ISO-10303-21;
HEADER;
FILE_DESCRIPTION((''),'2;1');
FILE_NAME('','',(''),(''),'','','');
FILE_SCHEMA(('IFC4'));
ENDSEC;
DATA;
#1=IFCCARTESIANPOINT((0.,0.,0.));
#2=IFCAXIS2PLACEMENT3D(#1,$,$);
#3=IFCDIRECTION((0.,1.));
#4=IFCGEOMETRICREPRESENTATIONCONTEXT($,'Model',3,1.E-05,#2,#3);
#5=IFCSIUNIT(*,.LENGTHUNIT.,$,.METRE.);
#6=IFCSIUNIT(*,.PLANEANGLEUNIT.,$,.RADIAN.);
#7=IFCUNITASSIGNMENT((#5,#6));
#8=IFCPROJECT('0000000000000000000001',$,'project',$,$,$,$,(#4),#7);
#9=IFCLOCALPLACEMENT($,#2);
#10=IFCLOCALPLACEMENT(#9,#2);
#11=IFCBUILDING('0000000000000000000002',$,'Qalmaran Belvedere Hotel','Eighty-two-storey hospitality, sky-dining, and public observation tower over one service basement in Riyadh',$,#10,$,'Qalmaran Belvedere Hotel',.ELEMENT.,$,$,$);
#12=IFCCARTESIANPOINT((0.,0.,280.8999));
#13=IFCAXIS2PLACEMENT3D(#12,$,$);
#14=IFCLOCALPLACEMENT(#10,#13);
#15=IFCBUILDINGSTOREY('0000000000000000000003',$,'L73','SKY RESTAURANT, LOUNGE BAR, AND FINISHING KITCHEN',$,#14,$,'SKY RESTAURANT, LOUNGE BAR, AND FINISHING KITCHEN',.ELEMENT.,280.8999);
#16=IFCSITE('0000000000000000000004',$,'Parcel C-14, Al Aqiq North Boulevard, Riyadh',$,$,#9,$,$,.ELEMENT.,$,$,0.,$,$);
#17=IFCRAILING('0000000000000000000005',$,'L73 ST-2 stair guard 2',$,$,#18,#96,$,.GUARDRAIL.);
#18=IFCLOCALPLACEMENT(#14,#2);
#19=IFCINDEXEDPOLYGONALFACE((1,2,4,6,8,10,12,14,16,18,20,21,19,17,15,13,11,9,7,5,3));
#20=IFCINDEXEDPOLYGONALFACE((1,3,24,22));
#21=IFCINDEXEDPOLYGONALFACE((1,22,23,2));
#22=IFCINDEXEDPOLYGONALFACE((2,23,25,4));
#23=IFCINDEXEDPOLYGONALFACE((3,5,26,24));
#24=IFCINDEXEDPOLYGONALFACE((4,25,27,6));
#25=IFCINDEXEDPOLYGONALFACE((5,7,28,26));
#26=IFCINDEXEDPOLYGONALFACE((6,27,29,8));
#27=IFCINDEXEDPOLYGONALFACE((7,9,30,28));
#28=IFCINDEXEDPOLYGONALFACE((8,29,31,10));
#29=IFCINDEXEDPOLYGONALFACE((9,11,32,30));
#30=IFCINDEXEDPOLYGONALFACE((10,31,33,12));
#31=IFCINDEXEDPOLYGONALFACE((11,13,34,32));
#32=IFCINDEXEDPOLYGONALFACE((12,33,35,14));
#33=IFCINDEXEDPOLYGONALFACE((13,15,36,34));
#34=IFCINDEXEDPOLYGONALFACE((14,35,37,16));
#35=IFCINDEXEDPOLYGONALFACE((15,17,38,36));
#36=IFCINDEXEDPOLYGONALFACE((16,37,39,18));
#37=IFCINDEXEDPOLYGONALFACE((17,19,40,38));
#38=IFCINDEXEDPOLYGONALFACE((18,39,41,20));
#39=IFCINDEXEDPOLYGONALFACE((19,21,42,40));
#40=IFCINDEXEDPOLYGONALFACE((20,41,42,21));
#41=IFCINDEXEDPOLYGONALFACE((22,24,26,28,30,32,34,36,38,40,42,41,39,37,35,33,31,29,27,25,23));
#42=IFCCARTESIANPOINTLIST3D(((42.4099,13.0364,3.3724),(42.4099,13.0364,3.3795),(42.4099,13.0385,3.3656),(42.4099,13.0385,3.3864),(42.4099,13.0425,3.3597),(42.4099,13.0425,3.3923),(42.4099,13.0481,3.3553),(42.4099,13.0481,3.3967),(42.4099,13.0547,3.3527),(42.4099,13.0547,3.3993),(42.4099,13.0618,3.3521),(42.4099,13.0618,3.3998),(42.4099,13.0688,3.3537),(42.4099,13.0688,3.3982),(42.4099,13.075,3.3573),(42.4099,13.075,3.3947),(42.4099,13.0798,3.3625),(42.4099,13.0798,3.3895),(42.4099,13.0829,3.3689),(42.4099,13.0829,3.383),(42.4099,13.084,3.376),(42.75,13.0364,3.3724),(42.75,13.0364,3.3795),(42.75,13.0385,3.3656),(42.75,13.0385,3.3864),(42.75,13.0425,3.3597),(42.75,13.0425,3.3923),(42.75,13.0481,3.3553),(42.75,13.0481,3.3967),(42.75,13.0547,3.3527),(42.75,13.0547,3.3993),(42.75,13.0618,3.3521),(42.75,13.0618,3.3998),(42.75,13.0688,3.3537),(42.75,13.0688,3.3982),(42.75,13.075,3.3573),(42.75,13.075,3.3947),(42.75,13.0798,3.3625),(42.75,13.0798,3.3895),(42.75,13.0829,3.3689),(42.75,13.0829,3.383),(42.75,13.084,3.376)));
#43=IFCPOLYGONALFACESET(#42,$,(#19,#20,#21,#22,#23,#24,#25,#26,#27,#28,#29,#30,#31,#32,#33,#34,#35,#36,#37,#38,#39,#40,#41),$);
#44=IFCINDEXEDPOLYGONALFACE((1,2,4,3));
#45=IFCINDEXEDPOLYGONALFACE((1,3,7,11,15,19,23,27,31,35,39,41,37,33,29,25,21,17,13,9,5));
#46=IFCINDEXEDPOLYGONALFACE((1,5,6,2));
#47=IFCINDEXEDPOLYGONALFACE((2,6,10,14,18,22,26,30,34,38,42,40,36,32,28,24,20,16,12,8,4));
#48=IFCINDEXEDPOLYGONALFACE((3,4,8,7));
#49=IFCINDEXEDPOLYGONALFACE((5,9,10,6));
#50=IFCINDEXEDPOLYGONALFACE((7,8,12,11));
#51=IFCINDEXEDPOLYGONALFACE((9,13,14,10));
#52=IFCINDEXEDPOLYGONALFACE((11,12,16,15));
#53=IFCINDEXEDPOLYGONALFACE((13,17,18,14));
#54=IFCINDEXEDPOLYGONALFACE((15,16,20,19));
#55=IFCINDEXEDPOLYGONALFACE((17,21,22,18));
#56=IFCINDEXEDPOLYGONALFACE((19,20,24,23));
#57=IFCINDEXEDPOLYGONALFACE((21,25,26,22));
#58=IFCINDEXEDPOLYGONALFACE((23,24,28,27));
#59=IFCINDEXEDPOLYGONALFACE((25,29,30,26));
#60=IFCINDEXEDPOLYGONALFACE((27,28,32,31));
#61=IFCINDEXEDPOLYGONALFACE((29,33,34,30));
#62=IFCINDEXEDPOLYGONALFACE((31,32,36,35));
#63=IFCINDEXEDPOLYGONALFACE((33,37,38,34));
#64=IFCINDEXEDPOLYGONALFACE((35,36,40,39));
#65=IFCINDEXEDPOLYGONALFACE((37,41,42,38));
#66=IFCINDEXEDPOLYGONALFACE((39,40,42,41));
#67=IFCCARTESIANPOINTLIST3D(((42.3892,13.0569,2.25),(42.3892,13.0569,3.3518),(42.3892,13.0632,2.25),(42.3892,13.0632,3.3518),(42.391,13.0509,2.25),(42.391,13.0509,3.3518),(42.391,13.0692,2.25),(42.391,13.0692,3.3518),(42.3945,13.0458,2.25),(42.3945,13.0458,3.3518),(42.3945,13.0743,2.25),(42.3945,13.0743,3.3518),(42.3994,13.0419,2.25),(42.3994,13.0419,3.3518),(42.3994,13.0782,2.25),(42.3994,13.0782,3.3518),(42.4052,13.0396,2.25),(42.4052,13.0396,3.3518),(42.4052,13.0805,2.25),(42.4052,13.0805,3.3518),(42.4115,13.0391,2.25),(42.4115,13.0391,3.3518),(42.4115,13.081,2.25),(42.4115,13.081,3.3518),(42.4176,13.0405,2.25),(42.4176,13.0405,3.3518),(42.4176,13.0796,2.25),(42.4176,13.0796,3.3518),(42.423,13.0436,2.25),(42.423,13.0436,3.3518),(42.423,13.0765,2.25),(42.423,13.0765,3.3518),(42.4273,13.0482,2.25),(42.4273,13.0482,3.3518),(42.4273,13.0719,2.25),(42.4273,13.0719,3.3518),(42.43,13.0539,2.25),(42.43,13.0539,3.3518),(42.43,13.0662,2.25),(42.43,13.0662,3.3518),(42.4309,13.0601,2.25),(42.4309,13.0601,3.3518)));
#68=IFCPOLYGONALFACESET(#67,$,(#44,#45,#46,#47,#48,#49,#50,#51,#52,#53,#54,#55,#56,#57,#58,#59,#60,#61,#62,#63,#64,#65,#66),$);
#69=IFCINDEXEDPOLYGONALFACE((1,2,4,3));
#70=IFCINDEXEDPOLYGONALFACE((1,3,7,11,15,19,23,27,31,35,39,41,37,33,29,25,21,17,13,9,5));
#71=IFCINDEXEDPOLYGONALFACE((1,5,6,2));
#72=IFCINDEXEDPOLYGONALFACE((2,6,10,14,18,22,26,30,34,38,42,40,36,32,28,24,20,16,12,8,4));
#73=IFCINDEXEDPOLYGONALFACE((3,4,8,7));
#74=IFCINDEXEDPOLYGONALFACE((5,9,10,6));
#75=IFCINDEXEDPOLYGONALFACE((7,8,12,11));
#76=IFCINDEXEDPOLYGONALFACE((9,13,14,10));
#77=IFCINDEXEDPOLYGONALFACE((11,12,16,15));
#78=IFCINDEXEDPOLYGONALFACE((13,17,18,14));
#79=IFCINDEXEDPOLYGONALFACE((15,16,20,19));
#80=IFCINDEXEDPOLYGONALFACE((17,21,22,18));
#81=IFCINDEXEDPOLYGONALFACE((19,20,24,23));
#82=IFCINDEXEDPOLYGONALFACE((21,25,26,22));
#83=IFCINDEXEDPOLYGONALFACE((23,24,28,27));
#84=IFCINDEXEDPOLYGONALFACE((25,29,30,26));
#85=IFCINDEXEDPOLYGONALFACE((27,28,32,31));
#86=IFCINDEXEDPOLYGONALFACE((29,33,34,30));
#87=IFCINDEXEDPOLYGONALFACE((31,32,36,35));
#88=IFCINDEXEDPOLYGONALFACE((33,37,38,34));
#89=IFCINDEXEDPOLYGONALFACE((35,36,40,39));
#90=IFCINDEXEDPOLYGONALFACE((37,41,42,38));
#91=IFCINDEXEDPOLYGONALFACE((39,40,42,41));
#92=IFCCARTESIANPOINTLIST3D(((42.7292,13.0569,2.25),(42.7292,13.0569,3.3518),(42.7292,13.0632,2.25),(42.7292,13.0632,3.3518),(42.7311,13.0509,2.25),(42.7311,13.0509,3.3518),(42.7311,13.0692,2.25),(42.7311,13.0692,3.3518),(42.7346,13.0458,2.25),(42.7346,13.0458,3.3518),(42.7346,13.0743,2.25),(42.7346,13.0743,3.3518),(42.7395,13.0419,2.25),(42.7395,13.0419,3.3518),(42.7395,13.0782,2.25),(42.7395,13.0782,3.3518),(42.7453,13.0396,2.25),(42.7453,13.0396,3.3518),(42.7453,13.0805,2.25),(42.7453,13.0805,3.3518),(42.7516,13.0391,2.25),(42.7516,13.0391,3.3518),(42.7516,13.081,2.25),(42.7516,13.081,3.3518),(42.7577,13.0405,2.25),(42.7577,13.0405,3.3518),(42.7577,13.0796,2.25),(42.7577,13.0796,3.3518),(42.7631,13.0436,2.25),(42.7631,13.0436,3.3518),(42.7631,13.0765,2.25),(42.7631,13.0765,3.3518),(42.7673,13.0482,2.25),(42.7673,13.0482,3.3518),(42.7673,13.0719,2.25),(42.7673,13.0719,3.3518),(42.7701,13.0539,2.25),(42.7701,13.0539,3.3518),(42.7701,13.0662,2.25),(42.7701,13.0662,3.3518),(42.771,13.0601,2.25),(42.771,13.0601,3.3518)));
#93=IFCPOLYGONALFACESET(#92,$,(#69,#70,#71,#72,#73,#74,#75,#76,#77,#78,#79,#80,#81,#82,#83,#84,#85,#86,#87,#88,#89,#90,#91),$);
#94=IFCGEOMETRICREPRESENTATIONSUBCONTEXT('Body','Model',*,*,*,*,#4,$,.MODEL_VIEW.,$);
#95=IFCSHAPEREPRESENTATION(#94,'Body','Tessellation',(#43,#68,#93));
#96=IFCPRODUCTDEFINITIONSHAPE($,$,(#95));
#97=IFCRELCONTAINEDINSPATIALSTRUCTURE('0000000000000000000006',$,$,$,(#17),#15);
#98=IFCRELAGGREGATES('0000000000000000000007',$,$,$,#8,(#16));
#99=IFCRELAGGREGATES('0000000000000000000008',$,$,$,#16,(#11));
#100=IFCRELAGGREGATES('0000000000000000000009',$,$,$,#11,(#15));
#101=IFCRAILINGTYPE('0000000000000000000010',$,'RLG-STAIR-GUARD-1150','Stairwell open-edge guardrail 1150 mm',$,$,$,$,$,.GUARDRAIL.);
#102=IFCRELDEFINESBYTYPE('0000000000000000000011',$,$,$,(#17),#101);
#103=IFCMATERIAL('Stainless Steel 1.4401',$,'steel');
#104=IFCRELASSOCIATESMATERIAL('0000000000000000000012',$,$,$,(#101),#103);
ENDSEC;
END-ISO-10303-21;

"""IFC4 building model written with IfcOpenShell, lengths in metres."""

from ifc_helpers import new_model, si_unit, direction, frame, origin, origin_2d, place, context, subcontext, project, spatial, circle, extrude, material, type_object, element, save


model = new_model("IFC4")

# Units and contexts
model_context = context("Model", 3, precision=1e-05, world=origin(), true_north=direction((0.0, 1.0)))
body_context = subcontext(model_context, "Body", "Model", "MODEL_VIEW")
ifc_project = project(units=[si_unit("LENGTHUNIT", "METRE"), si_unit("PLANEANGLEUNIT", "RADIAN")], contexts=[model_context])

# Site, building, storey
site_placement = place(None, origin())
site = spatial("IfcSite", under=ifc_project, at=site_placement, Name="Parcel C-14, Al Aqiq North Boulevard, Riyadh", CompositionType="ELEMENT", RefElevation=0.0)
building_placement = place(site_placement, origin())
building = spatial("IfcBuilding", under=site, at=building_placement, Name="Qalmaran Belvedere Hotel", Description="Eighty-two-storey hospitality, sky-dining, and public observation tower over one service basement in Riyadh", LongName="Qalmaran Belvedere Hotel", CompositionType="ELEMENT")
storey_placement = place(building_placement, frame((0.0, 0.0, 280.8999)))
storey = spatial("IfcBuildingStorey", under=building, at=storey_placement, Name="L73", Description="SKY RESTAURANT, LOUNGE BAR, AND FINISHING KITCHEN", LongName="SKY RESTAURANT, LOUNGE BAR, AND FINISHING KITCHEN", CompositionType="ELEMENT", Elevation=280.8999)

# Railing
ifc_material_1 = material(Name="Stainless Steel 1.4401", Category="steel")
railing_type_1 = type_object("IfcRailingType", Name="RLG-STAIR-GUARD-1150", Description="Stairwell open-edge guardrail 1150 mm", PredefinedType="GUARDRAIL", material=ifc_material_1)
railing_1_placement = place(storey_placement, frame((42.4099, 13.0601, 2.25)))
element("IfcRailing", 1, at=railing_1_placement, inside=storey, type_object=railing_type_1, Name="L73 ST-2 stair guard 2", PredefinedType="GUARDRAIL", context=body_context, shape_type="SweptSolid", body=[
    extrude(circle(Radius=0.0239, at=origin_2d()), frame((0.0, 0.0, 1.126), z_axis=(1.0, 0.0, 0.0), x_axis=(0.0, 1.0, 0.0)), (0.0, 0.0, 1.0), 0.3401),
    extrude(circle(Radius=0.021, at=origin_2d()), origin(), (0.0, 0.0, 1.0), 1.1018),
    extrude(circle(Radius=0.021, at=origin_2d()), frame((0.3401, 0.0, 0.0)), (0.0, 0.0, 1.0), 1.1018),
])

save(model, "model.ifc")
